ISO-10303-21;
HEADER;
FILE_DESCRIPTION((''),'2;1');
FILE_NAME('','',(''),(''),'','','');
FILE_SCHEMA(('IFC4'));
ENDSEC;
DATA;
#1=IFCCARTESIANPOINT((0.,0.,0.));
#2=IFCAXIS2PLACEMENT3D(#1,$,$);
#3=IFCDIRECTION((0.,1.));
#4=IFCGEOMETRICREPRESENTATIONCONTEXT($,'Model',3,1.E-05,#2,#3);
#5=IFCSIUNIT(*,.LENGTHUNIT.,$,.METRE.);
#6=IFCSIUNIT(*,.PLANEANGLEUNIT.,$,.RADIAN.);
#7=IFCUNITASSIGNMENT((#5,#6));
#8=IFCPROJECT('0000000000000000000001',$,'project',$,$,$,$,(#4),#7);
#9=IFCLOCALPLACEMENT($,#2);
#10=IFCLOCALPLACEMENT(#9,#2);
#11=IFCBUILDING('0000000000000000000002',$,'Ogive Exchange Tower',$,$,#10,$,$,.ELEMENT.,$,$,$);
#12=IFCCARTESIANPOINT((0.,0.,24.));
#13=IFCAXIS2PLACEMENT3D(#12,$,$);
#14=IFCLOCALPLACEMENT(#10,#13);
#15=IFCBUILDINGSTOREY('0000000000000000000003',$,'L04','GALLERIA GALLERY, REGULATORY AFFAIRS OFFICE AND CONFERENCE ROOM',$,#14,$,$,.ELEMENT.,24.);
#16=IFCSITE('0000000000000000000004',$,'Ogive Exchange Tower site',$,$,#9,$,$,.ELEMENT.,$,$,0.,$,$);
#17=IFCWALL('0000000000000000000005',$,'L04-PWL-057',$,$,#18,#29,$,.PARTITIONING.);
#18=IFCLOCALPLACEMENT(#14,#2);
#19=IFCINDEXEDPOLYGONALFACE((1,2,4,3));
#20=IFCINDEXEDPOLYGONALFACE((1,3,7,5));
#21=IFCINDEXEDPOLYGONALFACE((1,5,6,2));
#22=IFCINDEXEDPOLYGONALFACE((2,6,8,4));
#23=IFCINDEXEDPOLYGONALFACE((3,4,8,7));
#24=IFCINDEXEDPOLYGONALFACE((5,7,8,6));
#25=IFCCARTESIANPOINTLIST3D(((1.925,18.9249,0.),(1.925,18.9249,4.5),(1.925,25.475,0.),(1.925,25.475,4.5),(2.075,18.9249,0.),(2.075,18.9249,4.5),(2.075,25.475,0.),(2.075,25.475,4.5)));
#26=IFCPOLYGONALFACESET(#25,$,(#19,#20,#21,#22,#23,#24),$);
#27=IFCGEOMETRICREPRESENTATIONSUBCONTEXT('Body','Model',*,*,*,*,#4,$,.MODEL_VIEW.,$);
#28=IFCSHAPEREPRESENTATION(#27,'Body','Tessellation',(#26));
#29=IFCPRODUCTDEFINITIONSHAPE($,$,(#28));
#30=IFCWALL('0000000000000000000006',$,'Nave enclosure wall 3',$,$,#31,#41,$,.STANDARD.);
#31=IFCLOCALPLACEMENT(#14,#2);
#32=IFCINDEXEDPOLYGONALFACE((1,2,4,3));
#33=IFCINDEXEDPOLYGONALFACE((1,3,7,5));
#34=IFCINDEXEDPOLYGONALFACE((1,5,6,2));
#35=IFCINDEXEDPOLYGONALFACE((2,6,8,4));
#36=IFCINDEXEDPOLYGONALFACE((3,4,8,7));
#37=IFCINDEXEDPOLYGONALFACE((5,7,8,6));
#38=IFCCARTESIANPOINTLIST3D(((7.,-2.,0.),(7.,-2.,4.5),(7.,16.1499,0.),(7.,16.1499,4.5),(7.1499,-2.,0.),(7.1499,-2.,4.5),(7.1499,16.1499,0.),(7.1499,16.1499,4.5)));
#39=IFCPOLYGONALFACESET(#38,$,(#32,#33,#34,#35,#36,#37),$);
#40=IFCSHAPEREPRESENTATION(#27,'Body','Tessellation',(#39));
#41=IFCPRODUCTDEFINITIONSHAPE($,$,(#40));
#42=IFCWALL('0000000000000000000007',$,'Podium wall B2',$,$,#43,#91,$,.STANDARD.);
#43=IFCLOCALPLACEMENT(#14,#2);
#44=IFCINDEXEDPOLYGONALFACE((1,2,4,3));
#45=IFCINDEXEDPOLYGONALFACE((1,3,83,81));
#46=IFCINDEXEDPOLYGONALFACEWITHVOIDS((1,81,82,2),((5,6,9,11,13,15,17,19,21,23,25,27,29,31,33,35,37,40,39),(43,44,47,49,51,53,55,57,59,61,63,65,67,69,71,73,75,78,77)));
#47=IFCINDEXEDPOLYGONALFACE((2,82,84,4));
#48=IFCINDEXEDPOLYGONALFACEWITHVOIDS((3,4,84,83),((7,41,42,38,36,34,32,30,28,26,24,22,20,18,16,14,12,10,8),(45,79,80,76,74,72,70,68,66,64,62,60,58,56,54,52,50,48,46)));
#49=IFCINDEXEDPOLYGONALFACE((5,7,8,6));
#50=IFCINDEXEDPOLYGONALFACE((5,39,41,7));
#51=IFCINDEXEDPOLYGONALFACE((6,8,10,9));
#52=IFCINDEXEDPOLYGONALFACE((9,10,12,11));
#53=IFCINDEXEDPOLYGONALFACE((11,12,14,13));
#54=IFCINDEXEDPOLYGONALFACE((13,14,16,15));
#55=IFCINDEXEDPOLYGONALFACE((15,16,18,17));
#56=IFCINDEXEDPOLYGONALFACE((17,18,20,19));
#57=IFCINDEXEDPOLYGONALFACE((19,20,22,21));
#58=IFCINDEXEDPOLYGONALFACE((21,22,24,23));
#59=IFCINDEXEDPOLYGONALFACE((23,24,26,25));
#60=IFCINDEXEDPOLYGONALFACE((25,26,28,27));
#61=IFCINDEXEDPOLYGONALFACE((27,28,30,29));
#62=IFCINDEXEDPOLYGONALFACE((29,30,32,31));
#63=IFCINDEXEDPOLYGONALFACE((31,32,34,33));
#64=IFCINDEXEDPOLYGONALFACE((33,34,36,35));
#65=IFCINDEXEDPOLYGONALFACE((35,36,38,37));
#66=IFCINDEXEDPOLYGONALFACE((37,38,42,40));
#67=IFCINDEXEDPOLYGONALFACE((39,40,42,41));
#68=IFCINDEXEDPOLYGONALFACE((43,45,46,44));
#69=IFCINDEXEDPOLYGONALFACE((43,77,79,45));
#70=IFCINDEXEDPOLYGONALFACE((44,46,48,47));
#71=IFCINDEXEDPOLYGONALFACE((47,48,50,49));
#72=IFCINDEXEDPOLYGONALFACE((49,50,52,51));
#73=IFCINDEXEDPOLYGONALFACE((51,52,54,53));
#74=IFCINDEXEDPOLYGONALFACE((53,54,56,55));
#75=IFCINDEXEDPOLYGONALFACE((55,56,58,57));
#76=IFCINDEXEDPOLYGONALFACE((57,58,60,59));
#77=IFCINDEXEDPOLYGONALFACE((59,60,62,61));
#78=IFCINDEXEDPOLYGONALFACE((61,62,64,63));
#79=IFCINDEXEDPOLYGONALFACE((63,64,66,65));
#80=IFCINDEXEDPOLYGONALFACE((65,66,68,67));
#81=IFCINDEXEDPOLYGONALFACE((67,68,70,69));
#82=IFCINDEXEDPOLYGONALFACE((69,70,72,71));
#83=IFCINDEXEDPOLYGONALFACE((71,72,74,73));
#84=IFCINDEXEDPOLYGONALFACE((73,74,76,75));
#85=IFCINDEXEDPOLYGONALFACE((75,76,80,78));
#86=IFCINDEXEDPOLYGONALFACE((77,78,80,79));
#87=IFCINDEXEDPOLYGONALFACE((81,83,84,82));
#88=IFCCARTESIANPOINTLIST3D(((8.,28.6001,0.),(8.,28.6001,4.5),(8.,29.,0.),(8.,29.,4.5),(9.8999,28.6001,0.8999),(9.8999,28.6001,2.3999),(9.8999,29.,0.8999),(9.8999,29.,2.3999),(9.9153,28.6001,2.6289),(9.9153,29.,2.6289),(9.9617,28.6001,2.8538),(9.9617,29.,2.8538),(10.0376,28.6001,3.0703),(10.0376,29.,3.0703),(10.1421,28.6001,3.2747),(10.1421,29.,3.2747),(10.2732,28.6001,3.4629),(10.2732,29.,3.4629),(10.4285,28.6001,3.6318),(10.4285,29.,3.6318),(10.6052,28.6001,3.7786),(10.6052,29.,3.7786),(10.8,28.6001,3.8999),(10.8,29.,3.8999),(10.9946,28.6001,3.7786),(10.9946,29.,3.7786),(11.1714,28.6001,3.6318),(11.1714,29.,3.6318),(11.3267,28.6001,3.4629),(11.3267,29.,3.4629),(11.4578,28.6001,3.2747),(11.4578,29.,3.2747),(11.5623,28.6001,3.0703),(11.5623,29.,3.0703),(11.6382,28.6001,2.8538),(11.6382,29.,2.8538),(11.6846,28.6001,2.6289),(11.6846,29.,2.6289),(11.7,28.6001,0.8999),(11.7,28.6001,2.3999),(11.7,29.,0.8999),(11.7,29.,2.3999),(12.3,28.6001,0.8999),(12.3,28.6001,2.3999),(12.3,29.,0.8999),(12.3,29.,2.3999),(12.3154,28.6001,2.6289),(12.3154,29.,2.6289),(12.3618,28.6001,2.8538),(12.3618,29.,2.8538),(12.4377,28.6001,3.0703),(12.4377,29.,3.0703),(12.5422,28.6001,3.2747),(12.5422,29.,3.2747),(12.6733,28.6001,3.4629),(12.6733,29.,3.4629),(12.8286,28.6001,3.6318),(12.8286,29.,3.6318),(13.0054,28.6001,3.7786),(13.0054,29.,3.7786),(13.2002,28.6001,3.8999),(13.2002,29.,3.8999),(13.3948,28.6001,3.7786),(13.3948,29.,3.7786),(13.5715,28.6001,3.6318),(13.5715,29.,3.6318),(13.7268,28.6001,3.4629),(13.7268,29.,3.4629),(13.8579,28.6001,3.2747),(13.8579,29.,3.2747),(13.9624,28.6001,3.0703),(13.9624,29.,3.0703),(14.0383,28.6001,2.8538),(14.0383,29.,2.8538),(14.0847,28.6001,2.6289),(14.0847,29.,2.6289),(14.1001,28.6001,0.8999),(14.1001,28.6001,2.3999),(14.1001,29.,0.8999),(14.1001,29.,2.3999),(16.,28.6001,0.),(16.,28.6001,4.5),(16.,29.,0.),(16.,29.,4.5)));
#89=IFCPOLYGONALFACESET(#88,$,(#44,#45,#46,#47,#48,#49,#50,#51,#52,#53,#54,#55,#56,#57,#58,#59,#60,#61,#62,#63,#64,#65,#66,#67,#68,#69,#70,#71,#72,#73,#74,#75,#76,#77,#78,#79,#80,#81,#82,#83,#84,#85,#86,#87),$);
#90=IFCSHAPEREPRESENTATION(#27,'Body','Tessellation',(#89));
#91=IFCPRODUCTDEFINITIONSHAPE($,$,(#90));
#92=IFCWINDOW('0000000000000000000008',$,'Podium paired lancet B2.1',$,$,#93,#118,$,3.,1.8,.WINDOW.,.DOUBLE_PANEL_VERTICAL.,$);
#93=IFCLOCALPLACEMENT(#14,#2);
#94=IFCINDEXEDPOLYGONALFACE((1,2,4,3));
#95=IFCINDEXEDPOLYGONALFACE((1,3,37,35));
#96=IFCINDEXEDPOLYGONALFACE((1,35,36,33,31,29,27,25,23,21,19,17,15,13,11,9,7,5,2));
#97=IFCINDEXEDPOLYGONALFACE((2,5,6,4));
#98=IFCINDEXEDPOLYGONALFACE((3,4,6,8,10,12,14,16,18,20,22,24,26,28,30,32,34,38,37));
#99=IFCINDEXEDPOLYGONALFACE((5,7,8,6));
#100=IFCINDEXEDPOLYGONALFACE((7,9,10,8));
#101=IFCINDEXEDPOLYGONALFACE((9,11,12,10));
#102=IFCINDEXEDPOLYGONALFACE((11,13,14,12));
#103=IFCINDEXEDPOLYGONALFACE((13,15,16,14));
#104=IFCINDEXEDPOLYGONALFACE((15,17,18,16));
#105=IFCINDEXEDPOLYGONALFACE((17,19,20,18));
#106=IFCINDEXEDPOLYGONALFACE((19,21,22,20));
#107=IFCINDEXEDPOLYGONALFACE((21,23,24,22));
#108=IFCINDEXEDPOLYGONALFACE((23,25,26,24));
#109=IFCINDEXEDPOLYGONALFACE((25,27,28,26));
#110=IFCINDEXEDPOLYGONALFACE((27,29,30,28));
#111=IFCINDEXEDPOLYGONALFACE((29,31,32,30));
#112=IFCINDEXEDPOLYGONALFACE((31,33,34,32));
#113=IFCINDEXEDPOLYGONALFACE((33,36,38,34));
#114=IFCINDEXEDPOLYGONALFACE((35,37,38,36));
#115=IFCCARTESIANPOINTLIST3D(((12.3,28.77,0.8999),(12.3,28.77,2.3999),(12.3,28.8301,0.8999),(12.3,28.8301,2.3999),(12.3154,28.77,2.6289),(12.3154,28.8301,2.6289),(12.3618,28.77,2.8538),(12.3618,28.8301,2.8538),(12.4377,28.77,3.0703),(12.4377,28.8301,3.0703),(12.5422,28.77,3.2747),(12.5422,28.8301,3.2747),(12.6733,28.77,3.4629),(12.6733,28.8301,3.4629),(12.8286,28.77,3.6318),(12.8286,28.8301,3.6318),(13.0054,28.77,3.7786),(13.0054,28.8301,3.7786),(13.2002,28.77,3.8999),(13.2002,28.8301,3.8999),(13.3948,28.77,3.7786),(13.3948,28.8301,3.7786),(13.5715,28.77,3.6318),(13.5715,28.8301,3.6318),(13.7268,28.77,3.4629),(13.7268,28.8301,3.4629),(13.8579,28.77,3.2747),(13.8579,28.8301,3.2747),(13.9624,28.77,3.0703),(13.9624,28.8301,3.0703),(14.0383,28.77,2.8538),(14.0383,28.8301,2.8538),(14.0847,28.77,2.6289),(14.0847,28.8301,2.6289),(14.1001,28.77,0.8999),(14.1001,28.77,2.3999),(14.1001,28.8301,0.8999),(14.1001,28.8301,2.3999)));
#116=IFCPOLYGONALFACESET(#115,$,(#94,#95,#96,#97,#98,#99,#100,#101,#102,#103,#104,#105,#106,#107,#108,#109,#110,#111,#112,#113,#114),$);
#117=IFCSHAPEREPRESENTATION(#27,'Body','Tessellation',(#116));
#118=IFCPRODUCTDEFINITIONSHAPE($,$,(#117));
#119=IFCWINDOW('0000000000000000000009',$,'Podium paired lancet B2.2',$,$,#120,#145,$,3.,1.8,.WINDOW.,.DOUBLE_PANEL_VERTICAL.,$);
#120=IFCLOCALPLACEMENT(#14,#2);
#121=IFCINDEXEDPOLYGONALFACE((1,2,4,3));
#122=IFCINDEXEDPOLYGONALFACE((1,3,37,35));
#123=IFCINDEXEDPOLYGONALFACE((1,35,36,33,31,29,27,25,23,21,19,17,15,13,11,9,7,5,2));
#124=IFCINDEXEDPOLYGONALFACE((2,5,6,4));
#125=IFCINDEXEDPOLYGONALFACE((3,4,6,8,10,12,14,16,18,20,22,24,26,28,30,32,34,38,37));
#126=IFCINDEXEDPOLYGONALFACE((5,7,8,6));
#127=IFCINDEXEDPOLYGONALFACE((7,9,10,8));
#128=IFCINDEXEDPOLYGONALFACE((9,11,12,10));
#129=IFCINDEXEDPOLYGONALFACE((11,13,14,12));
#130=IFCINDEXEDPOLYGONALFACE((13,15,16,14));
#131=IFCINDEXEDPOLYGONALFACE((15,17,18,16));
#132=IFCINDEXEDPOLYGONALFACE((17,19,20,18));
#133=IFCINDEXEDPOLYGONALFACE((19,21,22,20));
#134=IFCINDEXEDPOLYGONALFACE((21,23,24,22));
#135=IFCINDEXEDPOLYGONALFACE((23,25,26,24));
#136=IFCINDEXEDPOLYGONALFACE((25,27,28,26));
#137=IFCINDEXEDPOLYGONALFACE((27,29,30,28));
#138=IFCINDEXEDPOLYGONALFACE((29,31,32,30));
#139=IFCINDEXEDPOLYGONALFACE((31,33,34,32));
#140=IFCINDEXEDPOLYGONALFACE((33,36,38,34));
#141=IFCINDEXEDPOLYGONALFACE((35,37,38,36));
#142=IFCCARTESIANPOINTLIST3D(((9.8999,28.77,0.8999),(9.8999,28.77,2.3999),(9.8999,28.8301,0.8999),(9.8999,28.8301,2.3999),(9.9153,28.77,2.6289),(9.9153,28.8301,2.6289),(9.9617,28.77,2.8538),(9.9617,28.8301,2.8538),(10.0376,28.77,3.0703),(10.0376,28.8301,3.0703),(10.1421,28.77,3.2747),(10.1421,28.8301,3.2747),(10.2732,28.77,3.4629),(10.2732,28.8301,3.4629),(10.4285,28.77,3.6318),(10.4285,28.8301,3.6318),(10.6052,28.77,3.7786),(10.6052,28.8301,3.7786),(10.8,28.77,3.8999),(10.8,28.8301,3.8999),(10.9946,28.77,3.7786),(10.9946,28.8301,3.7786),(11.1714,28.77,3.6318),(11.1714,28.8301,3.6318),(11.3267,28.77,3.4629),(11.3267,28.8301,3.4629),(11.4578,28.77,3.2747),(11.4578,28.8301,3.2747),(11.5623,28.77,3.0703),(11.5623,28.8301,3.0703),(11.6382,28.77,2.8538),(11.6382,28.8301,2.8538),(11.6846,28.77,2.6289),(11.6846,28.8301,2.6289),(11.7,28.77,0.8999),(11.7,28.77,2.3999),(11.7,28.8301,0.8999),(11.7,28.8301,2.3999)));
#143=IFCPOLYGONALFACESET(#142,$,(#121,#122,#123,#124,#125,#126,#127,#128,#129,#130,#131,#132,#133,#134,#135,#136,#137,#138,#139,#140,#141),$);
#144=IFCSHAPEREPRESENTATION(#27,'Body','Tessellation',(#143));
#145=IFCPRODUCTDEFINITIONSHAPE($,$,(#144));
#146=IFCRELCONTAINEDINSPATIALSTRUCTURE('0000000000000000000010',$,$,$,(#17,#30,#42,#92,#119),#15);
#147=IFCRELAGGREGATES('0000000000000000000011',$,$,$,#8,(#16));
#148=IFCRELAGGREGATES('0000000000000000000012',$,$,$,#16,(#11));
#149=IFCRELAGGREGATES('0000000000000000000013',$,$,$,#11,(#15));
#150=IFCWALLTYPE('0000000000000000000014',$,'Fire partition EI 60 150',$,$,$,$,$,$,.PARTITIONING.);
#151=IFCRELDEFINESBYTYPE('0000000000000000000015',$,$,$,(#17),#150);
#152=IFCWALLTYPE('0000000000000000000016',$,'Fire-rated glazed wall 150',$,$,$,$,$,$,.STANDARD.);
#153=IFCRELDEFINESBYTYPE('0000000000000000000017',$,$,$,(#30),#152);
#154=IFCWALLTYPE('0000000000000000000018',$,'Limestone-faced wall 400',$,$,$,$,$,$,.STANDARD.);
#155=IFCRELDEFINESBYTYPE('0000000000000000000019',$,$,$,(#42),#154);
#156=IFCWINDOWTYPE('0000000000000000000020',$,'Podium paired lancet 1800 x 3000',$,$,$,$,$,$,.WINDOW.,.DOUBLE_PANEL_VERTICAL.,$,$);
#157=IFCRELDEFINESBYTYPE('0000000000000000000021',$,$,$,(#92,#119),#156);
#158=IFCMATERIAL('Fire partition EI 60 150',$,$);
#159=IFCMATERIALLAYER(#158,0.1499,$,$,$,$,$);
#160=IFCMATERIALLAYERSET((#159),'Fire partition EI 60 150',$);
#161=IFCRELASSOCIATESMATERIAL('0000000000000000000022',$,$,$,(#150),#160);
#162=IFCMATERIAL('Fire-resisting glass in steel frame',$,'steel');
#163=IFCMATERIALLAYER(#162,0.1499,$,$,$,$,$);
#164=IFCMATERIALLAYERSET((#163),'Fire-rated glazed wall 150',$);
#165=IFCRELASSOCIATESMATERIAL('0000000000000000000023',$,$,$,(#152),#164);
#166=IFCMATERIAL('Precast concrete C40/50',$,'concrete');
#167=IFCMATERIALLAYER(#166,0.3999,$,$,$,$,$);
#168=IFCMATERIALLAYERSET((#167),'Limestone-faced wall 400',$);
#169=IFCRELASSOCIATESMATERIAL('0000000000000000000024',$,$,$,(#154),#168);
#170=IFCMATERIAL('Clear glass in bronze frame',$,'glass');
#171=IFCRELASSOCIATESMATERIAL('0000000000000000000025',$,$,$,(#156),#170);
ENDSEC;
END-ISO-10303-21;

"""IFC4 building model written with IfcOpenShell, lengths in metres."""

from ifc_helpers import new_model, si_unit, direction, frame, frame_2d, origin, place, context, subcontext, project, spatial, polyline, rectangle, outline, extrude, material, layer, layer_set, type_object, element, fill, save


model = new_model("IFC4")

# Units and contexts
model_context = context("Model", 3, precision=1e-05, world=origin(), true_north=direction((0.0, 1.0)))
body_context = subcontext(model_context, "Body", "Model", "MODEL_VIEW")
ifc_project = project(units=[si_unit("LENGTHUNIT", "METRE"), si_unit("PLANEANGLEUNIT", "RADIAN")], contexts=[model_context])

# Site, building, storey
site_placement = place(None, origin())
site = spatial("IfcSite", under=ifc_project, at=site_placement, Name="Ogive Exchange Tower site", CompositionType="ELEMENT", RefElevation=0.0)
building_placement = place(site_placement, origin())
building = spatial("IfcBuilding", under=site, at=building_placement, Name="Ogive Exchange Tower", CompositionType="ELEMENT")
storey_placement = place(building_placement, frame((0.0, 0.0, 24.0)))
storey = spatial("IfcBuildingStorey", under=building, at=storey_placement, Name="L04", Description="GALLERIA GALLERY, REGULATORY AFFAIRS OFFICE AND CONFERENCE ROOM", CompositionType="ELEMENT", Elevation=24.0)

# Shared definitions
ifc_material_1 = material(Name="Fire partition EI 60 150")
ifc_layer_1 = layer(ifc_material_1, 0.1499)
ifc_layer_set_1 = layer_set([ifc_layer_1], Name="Fire partition EI 60 150")
wall_type_1 = type_object("IfcWallType", Name="Fire partition EI 60 150", PredefinedType="PARTITIONING", material=ifc_layer_set_1)

# Walls
wall_1_placement = place(storey_placement, frame((2.0, 18.925, 0.0), z_axis=(0.0, 0.0, 1.0), x_axis=(0.0, 1.0, 0.0)))
element("IfcWall", 1, at=wall_1_placement, inside=storey, type_object=wall_type_1, Name="L04-PWL-057", PredefinedType="PARTITIONING", context=body_context, shape_type="SweptSolid", body=[
    extrude(rectangle(XDim=6.55, YDim=0.1499, at=frame_2d((3.2749, 0.0))), origin(), (0.0, 0.0, 1.0), 4.5),
])
ifc_material_2 = material(Name="Fire-resisting glass in steel frame", Category="steel")
ifc_layer_2 = layer(ifc_material_2, 0.1499)
ifc_layer_set_2 = layer_set([ifc_layer_2], Name="Fire-rated glazed wall 150")
wall_type_2 = type_object("IfcWallType", Name="Fire-rated glazed wall 150", PredefinedType="STANDARD", material=ifc_layer_set_2)
wall_2_placement = place(storey_placement, frame((7.075, 16.1499, 0.0), z_axis=(0.0, 0.0, 1.0), x_axis=(0.0, -1.0, 0.0)))
element("IfcWall", 2, at=wall_2_placement, inside=storey, type_object=wall_type_2, Name="Nave enclosure wall 3", PredefinedType="STANDARD", context=body_context, shape_type="SweptSolid", body=[
    extrude(rectangle(XDim=18.1499, YDim=0.1499, at=frame_2d((9.075, 0.0))), origin(), (0.0, 0.0, 1.0), 4.5),
])

# Wall, openings, windows
ifc_material_3 = material(Name="Precast concrete C40/50", Category="concrete")
ifc_layer_3 = layer(ifc_material_3, 0.3999)
ifc_layer_set_3 = layer_set([ifc_layer_3], Name="Limestone-faced wall 400")
wall_type_3 = type_object("IfcWallType", Name="Limestone-faced wall 400", PredefinedType="STANDARD", material=ifc_layer_set_3)
wall_3_placement = place(storey_placement, frame((16.0, 28.8, 0.0), z_axis=(0.0, 0.0, 1.0), x_axis=(-1.0, 0.0, 0.0)))
wall_3 = element("IfcWall", 3, at=wall_3_placement, inside=storey, type_object=wall_type_3, Name="Podium wall B2", PredefinedType="STANDARD", context=body_context, shape_type="SweptSolid", body=[
    extrude(rectangle(XDim=8.0, YDim=0.3999, at=frame_2d((4.0, 0.0))), origin(), (0.0, 0.0, 1.0), 4.5),
])
opening_1_placement = place(wall_3_placement, frame((1.8999, 0.0, 0.8999)))
opening_1 = element("IfcOpeningElement", 4, at=opening_1_placement, cuts=wall_3, PredefinedType="OPENING", context=body_context, shape_type="SweptSolid", body=[
    extrude(outline(polyline([(0.0, 0.0), (1.8, 0.0), (1.8, 1.5), (1.7847, 1.729), (1.7383, 1.9539), (1.6624, 2.1704), (1.5579, 2.3748), (1.4268, 2.563), (1.2715, 2.7319), (1.0947, 2.8787), (0.8999, 3.0), (0.7053, 2.8787), (0.5286, 2.7319), (0.3733, 2.563), (0.2422, 2.3748), (0.1377, 2.1704), (0.0618, 1.9539), (0.0154, 1.729), (0.0, 1.5), (0.0, 0.0)])), frame((0.0, 0.21, 0.0), z_axis=(0.0, -1.0, 0.0), x_axis=(1.0, 0.0, 0.0)), (0.0, 0.0, 1.0), 0.4199),
])
opening_2_placement = place(wall_3_placement, frame((4.3, 0.0, 0.8999)))
opening_2 = element("IfcOpeningElement", 5, at=opening_2_placement, cuts=wall_3, PredefinedType="OPENING", context=body_context, shape_type="SweptSolid", body=[
    extrude(outline(polyline([(0.0, 0.0), (1.8, 0.0), (1.8, 1.5), (1.7847, 1.729), (1.7383, 1.9539), (1.6624, 2.1704), (1.5579, 2.3748), (1.4268, 2.563), (1.2715, 2.7319), (1.0947, 2.8787), (0.8999, 3.0), (0.7053, 2.8787), (0.5286, 2.7319), (0.3733, 2.563), (0.2422, 2.3748), (0.1377, 2.1704), (0.0618, 1.9539), (0.0154, 1.729), (0.0, 1.5), (0.0, 0.0)])), frame((0.0, 0.21, 0.0), z_axis=(0.0, -1.0, 0.0), x_axis=(1.0, 0.0, 0.0)), (0.0, 0.0, 1.0), 0.4199),
])
ifc_material_4 = material(Name="Clear glass in bronze frame", Category="glass")
window_type = type_object("IfcWindowType", Name="Podium paired lancet 1800 x 3000", PartitioningType="DOUBLE_PANEL_VERTICAL", PredefinedType="WINDOW", material=ifc_material_4)
window_1_placement = place(opening_1_placement, origin())
window_1 = element("IfcWindow", 6, at=window_1_placement, inside=storey, type_object=window_type, Name="Podium paired lancet B2.1", OverallHeight=3.0, OverallWidth=1.8, PartitioningType="DOUBLE_PANEL_VERTICAL", PredefinedType="WINDOW", context=body_context, shape_type="SweptSolid", body=[
    extrude(outline(polyline([(0.0, 0.0), (1.8, 0.0), (1.8, 1.5), (1.7847, 1.729), (1.7383, 1.9539), (1.6624, 2.1704), (1.5579, 2.3748), (1.4268, 2.563), (1.2715, 2.7319), (1.0947, 2.8787), (0.8999, 3.0), (0.7053, 2.8787), (0.5286, 2.7319), (0.3733, 2.563), (0.2422, 2.3748), (0.1377, 2.1704), (0.0618, 1.9539), (0.0154, 1.729), (0.0, 1.5), (0.0, 0.0)])), frame((0.0, 0.03, 0.0), z_axis=(0.0, -1.0, 0.0), x_axis=(1.0, 0.0, 0.0)), (0.0, 0.0, 1.0), 0.0601),
])
fill(opening_1, window_1)
window_2_placement = place(opening_2_placement, origin())
window_2 = element("IfcWindow", 7, at=window_2_placement, inside=storey, type_object=window_type, Name="Podium paired lancet B2.2", OverallHeight=3.0, OverallWidth=1.8, PartitioningType="DOUBLE_PANEL_VERTICAL", PredefinedType="WINDOW", context=body_context, shape_type="SweptSolid", body=[
    extrude(outline(polyline([(0.0, 0.0), (1.8, 0.0), (1.8, 1.5), (1.7847, 1.729), (1.7383, 1.9539), (1.6624, 2.1704), (1.5579, 2.3748), (1.4268, 2.563), (1.2715, 2.7319), (1.0947, 2.8787), (0.8999, 3.0), (0.7053, 2.8787), (0.5286, 2.7319), (0.3733, 2.563), (0.2422, 2.3748), (0.1377, 2.1704), (0.0618, 1.9539), (0.0154, 1.729), (0.0, 1.5), (0.0, 0.0)])), frame((0.0, 0.03, 0.0), z_axis=(0.0, -1.0, 0.0), x_axis=(1.0, 0.0, 0.0)), (0.0, 0.0, 1.0), 0.0601),
])
fill(opening_2, window_2)

save(model, "model.ifc")
